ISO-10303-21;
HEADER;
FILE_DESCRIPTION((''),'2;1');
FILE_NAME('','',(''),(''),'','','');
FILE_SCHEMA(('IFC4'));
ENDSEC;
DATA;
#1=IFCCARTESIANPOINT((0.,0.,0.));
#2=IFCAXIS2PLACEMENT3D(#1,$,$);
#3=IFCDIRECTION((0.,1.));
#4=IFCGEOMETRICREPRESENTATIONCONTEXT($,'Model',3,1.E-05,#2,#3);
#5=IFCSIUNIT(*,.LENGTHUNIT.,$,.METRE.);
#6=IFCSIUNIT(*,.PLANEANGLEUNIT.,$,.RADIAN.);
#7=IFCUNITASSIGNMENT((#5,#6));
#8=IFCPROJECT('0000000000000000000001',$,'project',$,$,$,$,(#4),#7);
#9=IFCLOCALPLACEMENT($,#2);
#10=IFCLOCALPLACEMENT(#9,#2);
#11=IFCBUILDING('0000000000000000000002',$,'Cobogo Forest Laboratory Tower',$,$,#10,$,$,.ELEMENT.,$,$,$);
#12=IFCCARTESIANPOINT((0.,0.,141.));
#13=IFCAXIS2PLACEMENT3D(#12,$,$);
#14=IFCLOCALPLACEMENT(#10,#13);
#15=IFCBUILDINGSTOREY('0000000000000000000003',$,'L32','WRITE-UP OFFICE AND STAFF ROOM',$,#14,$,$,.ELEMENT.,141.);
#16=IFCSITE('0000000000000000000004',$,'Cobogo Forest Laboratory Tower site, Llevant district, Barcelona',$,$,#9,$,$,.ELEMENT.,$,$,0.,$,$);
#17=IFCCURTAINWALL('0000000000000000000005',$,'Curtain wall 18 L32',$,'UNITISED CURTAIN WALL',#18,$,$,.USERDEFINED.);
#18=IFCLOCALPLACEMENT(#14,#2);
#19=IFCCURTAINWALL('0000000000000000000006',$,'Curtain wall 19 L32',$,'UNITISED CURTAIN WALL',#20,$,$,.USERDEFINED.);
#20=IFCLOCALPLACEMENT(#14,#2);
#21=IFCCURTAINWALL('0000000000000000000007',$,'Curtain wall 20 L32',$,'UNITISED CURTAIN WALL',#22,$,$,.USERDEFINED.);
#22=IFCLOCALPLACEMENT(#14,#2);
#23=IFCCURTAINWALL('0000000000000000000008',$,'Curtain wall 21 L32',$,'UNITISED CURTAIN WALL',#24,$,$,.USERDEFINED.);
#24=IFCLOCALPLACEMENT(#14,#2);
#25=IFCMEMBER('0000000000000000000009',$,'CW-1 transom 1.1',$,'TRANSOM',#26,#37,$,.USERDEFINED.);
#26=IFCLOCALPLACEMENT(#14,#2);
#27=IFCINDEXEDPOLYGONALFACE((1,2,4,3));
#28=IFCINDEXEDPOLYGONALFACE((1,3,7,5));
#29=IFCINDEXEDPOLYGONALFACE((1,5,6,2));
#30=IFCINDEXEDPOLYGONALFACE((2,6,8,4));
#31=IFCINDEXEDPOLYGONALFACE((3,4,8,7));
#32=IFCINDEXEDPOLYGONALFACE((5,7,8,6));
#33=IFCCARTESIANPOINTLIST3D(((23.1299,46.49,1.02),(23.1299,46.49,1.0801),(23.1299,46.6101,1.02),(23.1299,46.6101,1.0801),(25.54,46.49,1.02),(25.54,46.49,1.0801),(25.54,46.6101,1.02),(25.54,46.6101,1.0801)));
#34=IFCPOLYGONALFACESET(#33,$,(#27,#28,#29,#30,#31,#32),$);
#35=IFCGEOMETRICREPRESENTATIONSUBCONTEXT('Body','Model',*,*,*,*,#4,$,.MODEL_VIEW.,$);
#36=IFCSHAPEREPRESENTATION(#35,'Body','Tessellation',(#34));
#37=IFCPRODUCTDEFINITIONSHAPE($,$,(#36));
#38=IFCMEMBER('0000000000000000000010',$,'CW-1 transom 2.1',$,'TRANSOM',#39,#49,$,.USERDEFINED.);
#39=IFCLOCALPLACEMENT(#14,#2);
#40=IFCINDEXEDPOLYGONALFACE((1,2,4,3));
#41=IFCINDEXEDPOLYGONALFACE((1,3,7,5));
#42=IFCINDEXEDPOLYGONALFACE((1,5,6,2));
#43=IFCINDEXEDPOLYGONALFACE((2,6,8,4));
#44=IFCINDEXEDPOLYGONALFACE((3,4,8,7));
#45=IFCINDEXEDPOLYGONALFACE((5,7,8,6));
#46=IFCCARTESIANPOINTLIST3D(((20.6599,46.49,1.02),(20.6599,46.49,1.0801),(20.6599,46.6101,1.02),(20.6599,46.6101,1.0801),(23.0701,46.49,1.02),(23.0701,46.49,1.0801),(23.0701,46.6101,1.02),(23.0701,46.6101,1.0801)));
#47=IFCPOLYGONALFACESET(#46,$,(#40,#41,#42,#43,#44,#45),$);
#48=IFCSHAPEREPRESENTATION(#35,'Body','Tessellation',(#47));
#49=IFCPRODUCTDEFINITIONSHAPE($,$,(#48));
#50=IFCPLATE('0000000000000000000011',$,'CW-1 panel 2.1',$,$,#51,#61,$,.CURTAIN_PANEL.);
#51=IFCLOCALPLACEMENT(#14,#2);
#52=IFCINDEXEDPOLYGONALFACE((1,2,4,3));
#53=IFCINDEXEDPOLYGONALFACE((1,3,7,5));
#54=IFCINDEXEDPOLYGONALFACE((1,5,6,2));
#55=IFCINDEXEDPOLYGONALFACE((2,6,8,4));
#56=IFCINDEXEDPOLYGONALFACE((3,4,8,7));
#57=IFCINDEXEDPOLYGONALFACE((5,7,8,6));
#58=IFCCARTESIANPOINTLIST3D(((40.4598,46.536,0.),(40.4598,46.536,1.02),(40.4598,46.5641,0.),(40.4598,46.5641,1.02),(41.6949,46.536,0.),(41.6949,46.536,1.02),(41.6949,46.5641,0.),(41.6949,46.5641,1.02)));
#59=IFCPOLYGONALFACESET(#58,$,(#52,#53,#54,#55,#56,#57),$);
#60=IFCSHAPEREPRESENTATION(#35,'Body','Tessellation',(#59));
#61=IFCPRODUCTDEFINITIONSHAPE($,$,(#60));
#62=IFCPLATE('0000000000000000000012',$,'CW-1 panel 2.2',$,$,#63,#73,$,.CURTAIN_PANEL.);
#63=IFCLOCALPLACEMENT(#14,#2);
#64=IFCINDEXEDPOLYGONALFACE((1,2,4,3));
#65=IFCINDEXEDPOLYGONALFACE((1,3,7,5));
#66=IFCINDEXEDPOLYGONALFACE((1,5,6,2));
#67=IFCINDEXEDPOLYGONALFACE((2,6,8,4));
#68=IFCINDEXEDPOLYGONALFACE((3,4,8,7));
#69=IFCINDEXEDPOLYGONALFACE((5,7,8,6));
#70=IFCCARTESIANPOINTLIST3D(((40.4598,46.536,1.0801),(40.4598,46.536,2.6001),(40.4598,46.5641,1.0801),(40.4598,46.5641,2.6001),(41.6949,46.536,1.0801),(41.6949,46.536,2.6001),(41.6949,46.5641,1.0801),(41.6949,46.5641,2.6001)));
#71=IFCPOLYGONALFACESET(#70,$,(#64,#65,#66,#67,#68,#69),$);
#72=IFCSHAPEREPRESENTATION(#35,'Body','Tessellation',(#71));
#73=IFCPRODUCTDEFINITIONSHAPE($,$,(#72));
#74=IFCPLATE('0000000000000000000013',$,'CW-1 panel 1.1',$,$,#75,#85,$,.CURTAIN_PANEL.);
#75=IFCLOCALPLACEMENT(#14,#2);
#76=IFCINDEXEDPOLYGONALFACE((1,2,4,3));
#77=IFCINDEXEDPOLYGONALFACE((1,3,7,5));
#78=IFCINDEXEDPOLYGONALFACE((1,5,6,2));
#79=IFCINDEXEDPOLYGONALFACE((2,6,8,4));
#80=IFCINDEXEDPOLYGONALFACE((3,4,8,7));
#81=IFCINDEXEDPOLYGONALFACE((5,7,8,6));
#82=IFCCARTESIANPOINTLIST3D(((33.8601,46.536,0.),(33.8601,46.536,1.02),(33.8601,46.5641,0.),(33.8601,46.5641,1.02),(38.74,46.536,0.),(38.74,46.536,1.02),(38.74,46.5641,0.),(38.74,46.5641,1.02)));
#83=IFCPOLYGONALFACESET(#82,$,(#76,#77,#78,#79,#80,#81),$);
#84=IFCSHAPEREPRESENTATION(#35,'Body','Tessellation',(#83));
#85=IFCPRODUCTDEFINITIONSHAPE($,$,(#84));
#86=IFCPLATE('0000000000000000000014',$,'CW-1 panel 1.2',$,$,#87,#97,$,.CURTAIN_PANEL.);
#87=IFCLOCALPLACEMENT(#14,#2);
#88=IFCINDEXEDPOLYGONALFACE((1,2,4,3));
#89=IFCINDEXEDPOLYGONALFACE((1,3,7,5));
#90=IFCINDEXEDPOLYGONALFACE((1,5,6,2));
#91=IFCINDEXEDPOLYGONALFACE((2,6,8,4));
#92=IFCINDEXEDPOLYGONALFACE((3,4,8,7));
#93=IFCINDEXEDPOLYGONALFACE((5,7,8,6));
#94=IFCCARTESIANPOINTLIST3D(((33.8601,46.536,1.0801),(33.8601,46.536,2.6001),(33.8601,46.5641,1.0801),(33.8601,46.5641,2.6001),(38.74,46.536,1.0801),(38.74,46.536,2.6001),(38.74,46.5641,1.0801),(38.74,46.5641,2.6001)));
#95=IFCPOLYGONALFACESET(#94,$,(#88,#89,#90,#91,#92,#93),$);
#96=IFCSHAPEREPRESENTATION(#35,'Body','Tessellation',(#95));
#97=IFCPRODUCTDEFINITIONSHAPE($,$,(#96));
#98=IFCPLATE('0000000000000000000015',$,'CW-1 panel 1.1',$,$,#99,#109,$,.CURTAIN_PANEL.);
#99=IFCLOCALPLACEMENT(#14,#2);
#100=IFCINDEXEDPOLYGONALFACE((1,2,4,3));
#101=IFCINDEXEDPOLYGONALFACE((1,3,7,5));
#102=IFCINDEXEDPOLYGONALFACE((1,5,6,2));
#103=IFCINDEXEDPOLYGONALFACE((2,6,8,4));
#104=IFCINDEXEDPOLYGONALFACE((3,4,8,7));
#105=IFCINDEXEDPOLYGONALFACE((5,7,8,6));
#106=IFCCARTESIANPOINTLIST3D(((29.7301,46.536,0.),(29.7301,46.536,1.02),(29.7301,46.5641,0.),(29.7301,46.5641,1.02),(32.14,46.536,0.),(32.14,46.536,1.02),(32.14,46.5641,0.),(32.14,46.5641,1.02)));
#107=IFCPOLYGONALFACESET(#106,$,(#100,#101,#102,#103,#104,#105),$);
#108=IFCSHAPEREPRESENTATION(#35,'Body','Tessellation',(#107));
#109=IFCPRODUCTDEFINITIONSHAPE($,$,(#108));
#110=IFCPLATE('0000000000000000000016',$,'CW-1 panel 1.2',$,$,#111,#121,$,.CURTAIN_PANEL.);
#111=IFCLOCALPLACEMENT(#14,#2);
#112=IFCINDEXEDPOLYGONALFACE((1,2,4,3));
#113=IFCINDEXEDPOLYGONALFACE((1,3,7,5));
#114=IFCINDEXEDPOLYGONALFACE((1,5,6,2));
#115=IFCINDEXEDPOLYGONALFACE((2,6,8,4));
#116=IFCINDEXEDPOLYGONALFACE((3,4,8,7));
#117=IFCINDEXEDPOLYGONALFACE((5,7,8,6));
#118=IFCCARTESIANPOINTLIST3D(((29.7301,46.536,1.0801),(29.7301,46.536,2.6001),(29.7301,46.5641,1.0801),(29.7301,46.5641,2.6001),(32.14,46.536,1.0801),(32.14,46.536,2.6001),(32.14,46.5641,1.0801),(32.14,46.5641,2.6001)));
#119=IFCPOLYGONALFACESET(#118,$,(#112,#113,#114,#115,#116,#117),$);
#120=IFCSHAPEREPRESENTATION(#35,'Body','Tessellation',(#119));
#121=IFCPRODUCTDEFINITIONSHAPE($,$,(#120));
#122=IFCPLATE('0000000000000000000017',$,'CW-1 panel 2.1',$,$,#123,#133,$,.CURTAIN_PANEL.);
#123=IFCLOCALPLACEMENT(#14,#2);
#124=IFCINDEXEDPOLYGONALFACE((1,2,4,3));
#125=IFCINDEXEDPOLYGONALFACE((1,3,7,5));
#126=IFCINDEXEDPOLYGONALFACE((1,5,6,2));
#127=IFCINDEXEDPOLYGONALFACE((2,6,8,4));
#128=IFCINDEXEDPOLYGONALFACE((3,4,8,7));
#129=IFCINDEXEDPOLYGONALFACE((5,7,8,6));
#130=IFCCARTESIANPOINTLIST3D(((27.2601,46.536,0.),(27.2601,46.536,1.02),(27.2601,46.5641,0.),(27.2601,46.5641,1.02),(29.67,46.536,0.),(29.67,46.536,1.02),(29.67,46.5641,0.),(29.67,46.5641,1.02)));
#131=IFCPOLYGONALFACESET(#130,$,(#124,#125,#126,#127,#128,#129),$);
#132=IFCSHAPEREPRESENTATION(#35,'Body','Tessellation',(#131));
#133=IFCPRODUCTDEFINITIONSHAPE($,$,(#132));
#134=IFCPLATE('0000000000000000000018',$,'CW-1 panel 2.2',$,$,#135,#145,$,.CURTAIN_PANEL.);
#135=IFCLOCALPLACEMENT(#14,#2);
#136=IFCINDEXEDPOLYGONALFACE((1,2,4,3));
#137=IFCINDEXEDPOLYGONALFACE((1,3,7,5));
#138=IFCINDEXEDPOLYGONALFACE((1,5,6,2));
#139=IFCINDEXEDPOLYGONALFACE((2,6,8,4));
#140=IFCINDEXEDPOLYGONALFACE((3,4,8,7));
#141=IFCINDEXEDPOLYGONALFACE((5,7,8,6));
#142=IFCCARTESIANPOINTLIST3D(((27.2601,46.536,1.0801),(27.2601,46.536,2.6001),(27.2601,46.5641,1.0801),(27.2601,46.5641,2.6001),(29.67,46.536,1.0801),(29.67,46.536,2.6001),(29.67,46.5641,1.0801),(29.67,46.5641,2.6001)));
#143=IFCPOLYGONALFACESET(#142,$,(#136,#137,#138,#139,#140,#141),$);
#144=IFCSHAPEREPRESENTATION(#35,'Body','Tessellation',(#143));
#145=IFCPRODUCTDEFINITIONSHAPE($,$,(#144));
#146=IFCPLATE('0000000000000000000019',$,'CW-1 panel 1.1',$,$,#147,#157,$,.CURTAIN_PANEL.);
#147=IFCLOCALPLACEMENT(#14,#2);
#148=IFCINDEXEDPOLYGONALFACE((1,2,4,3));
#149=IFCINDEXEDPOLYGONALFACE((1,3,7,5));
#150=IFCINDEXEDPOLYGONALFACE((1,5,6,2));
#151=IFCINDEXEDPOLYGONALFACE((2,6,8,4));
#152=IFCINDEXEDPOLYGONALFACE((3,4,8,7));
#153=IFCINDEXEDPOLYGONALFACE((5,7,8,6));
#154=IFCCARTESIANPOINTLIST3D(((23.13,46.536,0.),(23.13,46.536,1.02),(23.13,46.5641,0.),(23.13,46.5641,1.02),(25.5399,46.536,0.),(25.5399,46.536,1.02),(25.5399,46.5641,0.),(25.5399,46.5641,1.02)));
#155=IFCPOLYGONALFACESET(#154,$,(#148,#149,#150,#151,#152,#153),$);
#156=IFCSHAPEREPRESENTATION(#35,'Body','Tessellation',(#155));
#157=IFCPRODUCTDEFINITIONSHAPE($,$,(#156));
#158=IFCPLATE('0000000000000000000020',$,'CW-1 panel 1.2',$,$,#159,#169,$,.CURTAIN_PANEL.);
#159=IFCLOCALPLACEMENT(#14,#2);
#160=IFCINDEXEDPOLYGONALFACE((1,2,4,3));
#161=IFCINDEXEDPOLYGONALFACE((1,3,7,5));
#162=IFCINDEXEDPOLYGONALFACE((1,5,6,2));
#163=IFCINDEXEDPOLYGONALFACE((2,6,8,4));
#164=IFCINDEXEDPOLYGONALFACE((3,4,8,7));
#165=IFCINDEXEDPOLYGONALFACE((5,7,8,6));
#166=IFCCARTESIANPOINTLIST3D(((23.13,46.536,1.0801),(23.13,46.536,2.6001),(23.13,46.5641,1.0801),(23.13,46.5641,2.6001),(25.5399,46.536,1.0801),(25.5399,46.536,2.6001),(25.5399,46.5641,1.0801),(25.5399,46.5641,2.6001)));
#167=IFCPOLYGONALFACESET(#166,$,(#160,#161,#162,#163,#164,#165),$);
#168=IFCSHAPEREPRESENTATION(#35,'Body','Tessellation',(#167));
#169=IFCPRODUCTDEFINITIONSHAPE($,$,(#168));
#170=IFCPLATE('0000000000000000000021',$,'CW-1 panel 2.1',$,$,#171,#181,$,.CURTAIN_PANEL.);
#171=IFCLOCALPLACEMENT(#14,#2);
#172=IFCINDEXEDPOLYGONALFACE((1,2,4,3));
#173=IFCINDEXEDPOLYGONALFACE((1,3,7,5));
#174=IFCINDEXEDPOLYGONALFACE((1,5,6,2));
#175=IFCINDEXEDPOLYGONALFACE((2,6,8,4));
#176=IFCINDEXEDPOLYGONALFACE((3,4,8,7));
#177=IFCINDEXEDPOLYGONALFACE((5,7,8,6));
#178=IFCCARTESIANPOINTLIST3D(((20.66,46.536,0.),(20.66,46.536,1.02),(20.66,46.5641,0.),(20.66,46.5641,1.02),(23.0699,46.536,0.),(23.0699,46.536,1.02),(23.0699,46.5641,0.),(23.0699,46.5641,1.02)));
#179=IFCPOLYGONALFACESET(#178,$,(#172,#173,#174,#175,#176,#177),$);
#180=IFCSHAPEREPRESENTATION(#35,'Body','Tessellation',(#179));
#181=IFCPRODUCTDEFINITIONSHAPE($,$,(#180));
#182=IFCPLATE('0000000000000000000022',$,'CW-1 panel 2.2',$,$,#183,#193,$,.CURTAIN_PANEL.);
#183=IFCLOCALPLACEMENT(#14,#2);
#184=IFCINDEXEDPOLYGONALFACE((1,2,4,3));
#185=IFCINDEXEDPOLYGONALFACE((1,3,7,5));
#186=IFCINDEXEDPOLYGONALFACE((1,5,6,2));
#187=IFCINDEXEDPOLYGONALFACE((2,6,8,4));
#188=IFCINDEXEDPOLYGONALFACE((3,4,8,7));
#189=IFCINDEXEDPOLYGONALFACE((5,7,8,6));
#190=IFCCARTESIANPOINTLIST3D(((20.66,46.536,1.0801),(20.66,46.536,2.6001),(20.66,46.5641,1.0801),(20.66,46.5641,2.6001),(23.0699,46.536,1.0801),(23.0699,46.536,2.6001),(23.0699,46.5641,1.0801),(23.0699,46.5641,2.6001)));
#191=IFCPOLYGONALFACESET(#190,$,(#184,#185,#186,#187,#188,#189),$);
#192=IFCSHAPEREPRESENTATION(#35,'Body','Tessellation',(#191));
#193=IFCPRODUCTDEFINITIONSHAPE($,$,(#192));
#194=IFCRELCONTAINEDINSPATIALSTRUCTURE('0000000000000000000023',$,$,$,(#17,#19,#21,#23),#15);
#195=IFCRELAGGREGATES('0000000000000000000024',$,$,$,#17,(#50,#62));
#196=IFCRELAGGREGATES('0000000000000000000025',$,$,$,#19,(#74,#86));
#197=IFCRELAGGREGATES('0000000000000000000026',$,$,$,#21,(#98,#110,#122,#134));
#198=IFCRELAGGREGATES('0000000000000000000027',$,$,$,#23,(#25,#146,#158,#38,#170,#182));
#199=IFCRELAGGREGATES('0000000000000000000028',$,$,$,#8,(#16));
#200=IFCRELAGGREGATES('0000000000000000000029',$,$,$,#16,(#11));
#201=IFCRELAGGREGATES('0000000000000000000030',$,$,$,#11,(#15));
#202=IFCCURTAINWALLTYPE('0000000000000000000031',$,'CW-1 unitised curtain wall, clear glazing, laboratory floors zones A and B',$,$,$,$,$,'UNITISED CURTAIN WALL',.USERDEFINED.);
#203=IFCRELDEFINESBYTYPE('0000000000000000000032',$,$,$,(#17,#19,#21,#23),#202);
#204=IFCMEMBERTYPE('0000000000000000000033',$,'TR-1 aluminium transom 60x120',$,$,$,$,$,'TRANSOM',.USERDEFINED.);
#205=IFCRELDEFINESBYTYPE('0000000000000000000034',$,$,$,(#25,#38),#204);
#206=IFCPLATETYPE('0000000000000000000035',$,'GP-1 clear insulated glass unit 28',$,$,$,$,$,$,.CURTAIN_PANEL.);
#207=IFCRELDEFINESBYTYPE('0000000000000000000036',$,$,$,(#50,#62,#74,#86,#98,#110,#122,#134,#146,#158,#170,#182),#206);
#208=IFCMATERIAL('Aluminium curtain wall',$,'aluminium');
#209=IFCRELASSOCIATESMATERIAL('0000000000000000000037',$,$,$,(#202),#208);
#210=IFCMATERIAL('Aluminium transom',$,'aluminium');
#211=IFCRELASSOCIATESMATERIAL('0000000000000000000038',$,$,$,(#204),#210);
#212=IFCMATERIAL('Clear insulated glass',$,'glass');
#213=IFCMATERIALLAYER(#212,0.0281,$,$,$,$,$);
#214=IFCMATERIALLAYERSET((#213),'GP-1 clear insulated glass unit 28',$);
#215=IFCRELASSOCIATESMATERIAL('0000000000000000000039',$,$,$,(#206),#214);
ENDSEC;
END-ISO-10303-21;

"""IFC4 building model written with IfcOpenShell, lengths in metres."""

from ifc_helpers import new_model, si_unit, direction, frame, origin, origin_2d, place, context, subcontext, project, spatial, rectangle, extrude, material, layer, layer_set, material_profile, profile_set, type_object, element, aggregate, save


model = new_model("IFC4")

# Units and contexts
model_context = context("Model", 3, precision=1e-05, world=origin(), true_north=direction((0.0, 1.0)))
body_context = subcontext(model_context, "Body", "Model", "MODEL_VIEW")
ifc_project = project(units=[si_unit("LENGTHUNIT", "METRE"), si_unit("PLANEANGLEUNIT", "RADIAN")], contexts=[model_context])

# Site, building, storey
site_placement = place(None, origin())
site = spatial("IfcSite", under=ifc_project, at=site_placement, Name="Cobogo Forest Laboratory Tower site, Llevant district, Barcelona", CompositionType="ELEMENT", RefElevation=0.0)
building_placement = place(site_placement, origin())
building = spatial("IfcBuilding", under=site, at=building_placement, Name="Cobogo Forest Laboratory Tower", CompositionType="ELEMENT")
storey_placement = place(building_placement, frame((0.0, 0.0, 141.0)))
storey = spatial("IfcBuildingStorey", under=building, at=storey_placement, Name="L32", Description="WRITE-UP OFFICE AND STAFF ROOM", CompositionType="ELEMENT", Elevation=141.0)

# Curtain wall
ifc_material_1 = material(Name="Aluminium curtain wall", Category="aluminium")
curtain_wall_type = type_object("IfcCurtainWallType", Name="CW-1 unitised curtain wall, clear glazing, laboratory floors zones A and B", ElementType="UNITISED CURTAIN WALL", PredefinedType="USERDEFINED", material=ifc_material_1)
curtain_wall_1_placement = place(storey_placement, origin())
curtain_wall_1 = element("IfcCurtainWall", 1, at=curtain_wall_1_placement, inside=storey, type_object=curtain_wall_type, Name="Curtain wall 18 L32", ObjectType="UNITISED CURTAIN WALL", PredefinedType="USERDEFINED")

# Curtain walls
curtain_wall_2_placement = place(storey_placement, origin())
curtain_wall_2 = element("IfcCurtainWall", 2, at=curtain_wall_2_placement, inside=storey, type_object=curtain_wall_type, Name="Curtain wall 19 L32", ObjectType="UNITISED CURTAIN WALL", PredefinedType="USERDEFINED")
curtain_wall_3_placement = place(storey_placement, origin())
curtain_wall_3 = element("IfcCurtainWall", 3, at=curtain_wall_3_placement, inside=storey, type_object=curtain_wall_type, Name="Curtain wall 20 L32", ObjectType="UNITISED CURTAIN WALL", PredefinedType="USERDEFINED")
curtain_wall_4_placement = place(storey_placement, origin())
curtain_wall_4 = element("IfcCurtainWall", 4, at=curtain_wall_4_placement, inside=storey, type_object=curtain_wall_type, Name="Curtain wall 21 L32", ObjectType="UNITISED CURTAIN WALL", PredefinedType="USERDEFINED")

# Members
ifc_material_2 = material(Name="Aluminium transom", Category="aluminium")
ifc_material_profile_1 = material_profile(ifc_material_2, rectangle(XDim=0.1201, YDim=0.0601, at=origin_2d()), Name="AL 60x120")
ifc_profile_set_1 = profile_set([ifc_material_profile_1], Name="Aluminium transom")
member_type_1 = type_object("IfcMemberType", Name="TR-1 aluminium transom 60x120", ElementType="TRANSOM", PredefinedType="USERDEFINED", material=ifc_profile_set_1)
member_1_placement = place(storey_placement, frame((25.54, 46.55, 1.05), z_axis=(-1.0, 0.0, 0.0), x_axis=(0.0, -1.0, 0.0)))
member_1 = element("IfcMember", 5, at=member_1_placement, type_object=member_type_1, Name="CW-1 transom 1.1", ObjectType="TRANSOM", PredefinedType="USERDEFINED", context=body_context, shape_type="SweptSolid", body=[
    extrude(rectangle(XDim=0.1201, YDim=0.0601, at=origin_2d()), origin(), (0.0, 0.0, 1.0), 2.4102),
])
member_2_placement = place(storey_placement, frame((23.0701, 46.55, 1.05), z_axis=(-1.0, 0.0, 0.0), x_axis=(0.0, -1.0, 0.0)))
member_2 = element("IfcMember", 6, at=member_2_placement, type_object=member_type_1, Name="CW-1 transom 2.1", ObjectType="TRANSOM", PredefinedType="USERDEFINED", context=body_context, shape_type="SweptSolid", body=[
    extrude(rectangle(XDim=0.1201, YDim=0.0601, at=origin_2d()), origin(), (0.0, 0.0, 1.0), 2.4102),
])

# Plates
ifc_material_3 = material(Name="Clear insulated glass", Category="glass")
ifc_layer_1 = layer(ifc_material_3, 0.0281)
ifc_layer_set_1 = layer_set([ifc_layer_1], Name="GP-1 clear insulated glass unit 28")
plate_type_1 = type_object("IfcPlateType", Name="GP-1 clear insulated glass unit 28", PredefinedType="CURTAIN_PANEL", material=ifc_layer_set_1)
plate_1_placement = place(storey_placement, frame((41.0774, 46.55, 0.0), z_axis=(0.0, 0.0, 1.0), x_axis=(-1.0, 0.0, 0.0)))
plate_1 = element("IfcPlate", 7, at=plate_1_placement, type_object=plate_type_1, Name="CW-1 panel 2.1", PredefinedType="CURTAIN_PANEL", context=body_context, shape_type="SweptSolid", body=[
    extrude(rectangle(XDim=1.2351, YDim=0.0281, at=origin_2d()), origin(), (0.0, 0.0, 1.0), 1.02),
])
plate_2_placement = place(storey_placement, frame((41.0774, 46.55, 1.0801), z_axis=(0.0, 0.0, 1.0), x_axis=(-1.0, 0.0, 0.0)))
plate_2 = element("IfcPlate", 8, at=plate_2_placement, type_object=plate_type_1, Name="CW-1 panel 2.2", PredefinedType="CURTAIN_PANEL", context=body_context, shape_type="SweptSolid", body=[
    extrude(rectangle(XDim=1.2351, YDim=0.0281, at=origin_2d()), origin(), (0.0, 0.0, 1.0), 1.52),
])
aggregate(curtain_wall_1, [plate_1, plate_2])
plate_3_placement = place(storey_placement, frame((36.3, 46.55, 0.0), z_axis=(0.0, 0.0, 1.0), x_axis=(-1.0, 0.0, 0.0)))
plate_3 = element("IfcPlate", 9, at=plate_3_placement, type_object=plate_type_1, Name="CW-1 panel 1.1", PredefinedType="CURTAIN_PANEL", context=body_context, shape_type="SweptSolid", body=[
    extrude(rectangle(XDim=4.8799, YDim=0.0281, at=origin_2d()), origin(), (0.0, 0.0, 1.0), 1.02),
])
plate_4_placement = place(storey_placement, frame((36.3, 46.55, 1.0801), z_axis=(0.0, 0.0, 1.0), x_axis=(-1.0, 0.0, 0.0)))
plate_4 = element("IfcPlate", 10, at=plate_4_placement, type_object=plate_type_1, Name="CW-1 panel 1.2", PredefinedType="CURTAIN_PANEL", context=body_context, shape_type="SweptSolid", body=[
    extrude(rectangle(XDim=4.8799, YDim=0.0281, at=origin_2d()), origin(), (0.0, 0.0, 1.0), 1.52),
])
aggregate(curtain_wall_2, [plate_3, plate_4])
plate_5_placement = place(storey_placement, frame((30.9351, 46.55, 0.0), z_axis=(0.0, 0.0, 1.0), x_axis=(-1.0, 0.0, 0.0)))
plate_5 = element("IfcPlate", 11, at=plate_5_placement, type_object=plate_type_1, Name="CW-1 panel 1.1", PredefinedType="CURTAIN_PANEL", context=body_context, shape_type="SweptSolid", body=[
    extrude(rectangle(XDim=2.4099, YDim=0.0281, at=origin_2d()), origin(), (0.0, 0.0, 1.0), 1.02),
])
plate_6_placement = place(storey_placement, frame((30.9351, 46.55, 1.0801), z_axis=(0.0, 0.0, 1.0), x_axis=(-1.0, 0.0, 0.0)))
plate_6 = element("IfcPlate", 12, at=plate_6_placement, type_object=plate_type_1, Name="CW-1 panel 1.2", PredefinedType="CURTAIN_PANEL", context=body_context, shape_type="SweptSolid", body=[
    extrude(rectangle(XDim=2.4099, YDim=0.0281, at=origin_2d()), origin(), (0.0, 0.0, 1.0), 1.52),
])
plate_7_placement = place(storey_placement, frame((28.4651, 46.55, 0.0), z_axis=(0.0, 0.0, 1.0), x_axis=(-1.0, 0.0, 0.0)))
plate_7 = element("IfcPlate", 13, at=plate_7_placement, type_object=plate_type_1, Name="CW-1 panel 2.1", PredefinedType="CURTAIN_PANEL", context=body_context, shape_type="SweptSolid", body=[
    extrude(rectangle(XDim=2.4099, YDim=0.0281, at=origin_2d()), origin(), (0.0, 0.0, 1.0), 1.02),
])
plate_8_placement = place(storey_placement, frame((28.4651, 46.55, 1.0801), z_axis=(0.0, 0.0, 1.0), x_axis=(-1.0, 0.0, 0.0)))
plate_8 = element("IfcPlate", 14, at=plate_8_placement, type_object=plate_type_1, Name="CW-1 panel 2.2", PredefinedType="CURTAIN_PANEL", context=body_context, shape_type="SweptSolid", body=[
    extrude(rectangle(XDim=2.4099, YDim=0.0281, at=origin_2d()), origin(), (0.0, 0.0, 1.0), 1.52),
])
aggregate(curtain_wall_3, [plate_5, plate_6, plate_7, plate_8])
plate_9_placement = place(storey_placement, frame((24.335, 46.55, 0.0), z_axis=(0.0, 0.0, 1.0), x_axis=(-1.0, 0.0, 0.0)))
plate_9 = element("IfcPlate", 15, at=plate_9_placement, type_object=plate_type_1, Name="CW-1 panel 1.1", PredefinedType="CURTAIN_PANEL", context=body_context, shape_type="SweptSolid", body=[
    extrude(rectangle(XDim=2.4099, YDim=0.0281, at=origin_2d()), origin(), (0.0, 0.0, 1.0), 1.02),
])
plate_10_placement = place(storey_placement, frame((24.335, 46.55, 1.0801), z_axis=(0.0, 0.0, 1.0), x_axis=(-1.0, 0.0, 0.0)))
plate_10 = element("IfcPlate", 16, at=plate_10_placement, type_object=plate_type_1, Name="CW-1 panel 1.2", PredefinedType="CURTAIN_PANEL", context=body_context, shape_type="SweptSolid", body=[
    extrude(rectangle(XDim=2.4099, YDim=0.0281, at=origin_2d()), origin(), (0.0, 0.0, 1.0), 1.52),
])
plate_11_placement = place(storey_placement, frame((21.865, 46.55, 0.0), z_axis=(0.0, 0.0, 1.0), x_axis=(-1.0, 0.0, 0.0)))
plate_11 = element("IfcPlate", 17, at=plate_11_placement, type_object=plate_type_1, Name="CW-1 panel 2.1", PredefinedType="CURTAIN_PANEL", context=body_context, shape_type="SweptSolid", body=[
    extrude(rectangle(XDim=2.4099, YDim=0.0281, at=origin_2d()), origin(), (0.0, 0.0, 1.0), 1.02),
])
plate_12_placement = place(storey_placement, frame((21.865, 46.55, 1.0801), z_axis=(0.0, 0.0, 1.0), x_axis=(-1.0, 0.0, 0.0)))
plate_12 = element("IfcPlate", 18, at=plate_12_placement, type_object=plate_type_1, Name="CW-1 panel 2.2", PredefinedType="CURTAIN_PANEL", context=body_context, shape_type="SweptSolid", body=[
    extrude(rectangle(XDim=2.4099, YDim=0.0281, at=origin_2d()), origin(), (0.0, 0.0, 1.0), 1.52),
])
aggregate(curtain_wall_4, [member_1, plate_9, plate_10, member_2, plate_11, plate_12])

save(model, "model.ifc")
